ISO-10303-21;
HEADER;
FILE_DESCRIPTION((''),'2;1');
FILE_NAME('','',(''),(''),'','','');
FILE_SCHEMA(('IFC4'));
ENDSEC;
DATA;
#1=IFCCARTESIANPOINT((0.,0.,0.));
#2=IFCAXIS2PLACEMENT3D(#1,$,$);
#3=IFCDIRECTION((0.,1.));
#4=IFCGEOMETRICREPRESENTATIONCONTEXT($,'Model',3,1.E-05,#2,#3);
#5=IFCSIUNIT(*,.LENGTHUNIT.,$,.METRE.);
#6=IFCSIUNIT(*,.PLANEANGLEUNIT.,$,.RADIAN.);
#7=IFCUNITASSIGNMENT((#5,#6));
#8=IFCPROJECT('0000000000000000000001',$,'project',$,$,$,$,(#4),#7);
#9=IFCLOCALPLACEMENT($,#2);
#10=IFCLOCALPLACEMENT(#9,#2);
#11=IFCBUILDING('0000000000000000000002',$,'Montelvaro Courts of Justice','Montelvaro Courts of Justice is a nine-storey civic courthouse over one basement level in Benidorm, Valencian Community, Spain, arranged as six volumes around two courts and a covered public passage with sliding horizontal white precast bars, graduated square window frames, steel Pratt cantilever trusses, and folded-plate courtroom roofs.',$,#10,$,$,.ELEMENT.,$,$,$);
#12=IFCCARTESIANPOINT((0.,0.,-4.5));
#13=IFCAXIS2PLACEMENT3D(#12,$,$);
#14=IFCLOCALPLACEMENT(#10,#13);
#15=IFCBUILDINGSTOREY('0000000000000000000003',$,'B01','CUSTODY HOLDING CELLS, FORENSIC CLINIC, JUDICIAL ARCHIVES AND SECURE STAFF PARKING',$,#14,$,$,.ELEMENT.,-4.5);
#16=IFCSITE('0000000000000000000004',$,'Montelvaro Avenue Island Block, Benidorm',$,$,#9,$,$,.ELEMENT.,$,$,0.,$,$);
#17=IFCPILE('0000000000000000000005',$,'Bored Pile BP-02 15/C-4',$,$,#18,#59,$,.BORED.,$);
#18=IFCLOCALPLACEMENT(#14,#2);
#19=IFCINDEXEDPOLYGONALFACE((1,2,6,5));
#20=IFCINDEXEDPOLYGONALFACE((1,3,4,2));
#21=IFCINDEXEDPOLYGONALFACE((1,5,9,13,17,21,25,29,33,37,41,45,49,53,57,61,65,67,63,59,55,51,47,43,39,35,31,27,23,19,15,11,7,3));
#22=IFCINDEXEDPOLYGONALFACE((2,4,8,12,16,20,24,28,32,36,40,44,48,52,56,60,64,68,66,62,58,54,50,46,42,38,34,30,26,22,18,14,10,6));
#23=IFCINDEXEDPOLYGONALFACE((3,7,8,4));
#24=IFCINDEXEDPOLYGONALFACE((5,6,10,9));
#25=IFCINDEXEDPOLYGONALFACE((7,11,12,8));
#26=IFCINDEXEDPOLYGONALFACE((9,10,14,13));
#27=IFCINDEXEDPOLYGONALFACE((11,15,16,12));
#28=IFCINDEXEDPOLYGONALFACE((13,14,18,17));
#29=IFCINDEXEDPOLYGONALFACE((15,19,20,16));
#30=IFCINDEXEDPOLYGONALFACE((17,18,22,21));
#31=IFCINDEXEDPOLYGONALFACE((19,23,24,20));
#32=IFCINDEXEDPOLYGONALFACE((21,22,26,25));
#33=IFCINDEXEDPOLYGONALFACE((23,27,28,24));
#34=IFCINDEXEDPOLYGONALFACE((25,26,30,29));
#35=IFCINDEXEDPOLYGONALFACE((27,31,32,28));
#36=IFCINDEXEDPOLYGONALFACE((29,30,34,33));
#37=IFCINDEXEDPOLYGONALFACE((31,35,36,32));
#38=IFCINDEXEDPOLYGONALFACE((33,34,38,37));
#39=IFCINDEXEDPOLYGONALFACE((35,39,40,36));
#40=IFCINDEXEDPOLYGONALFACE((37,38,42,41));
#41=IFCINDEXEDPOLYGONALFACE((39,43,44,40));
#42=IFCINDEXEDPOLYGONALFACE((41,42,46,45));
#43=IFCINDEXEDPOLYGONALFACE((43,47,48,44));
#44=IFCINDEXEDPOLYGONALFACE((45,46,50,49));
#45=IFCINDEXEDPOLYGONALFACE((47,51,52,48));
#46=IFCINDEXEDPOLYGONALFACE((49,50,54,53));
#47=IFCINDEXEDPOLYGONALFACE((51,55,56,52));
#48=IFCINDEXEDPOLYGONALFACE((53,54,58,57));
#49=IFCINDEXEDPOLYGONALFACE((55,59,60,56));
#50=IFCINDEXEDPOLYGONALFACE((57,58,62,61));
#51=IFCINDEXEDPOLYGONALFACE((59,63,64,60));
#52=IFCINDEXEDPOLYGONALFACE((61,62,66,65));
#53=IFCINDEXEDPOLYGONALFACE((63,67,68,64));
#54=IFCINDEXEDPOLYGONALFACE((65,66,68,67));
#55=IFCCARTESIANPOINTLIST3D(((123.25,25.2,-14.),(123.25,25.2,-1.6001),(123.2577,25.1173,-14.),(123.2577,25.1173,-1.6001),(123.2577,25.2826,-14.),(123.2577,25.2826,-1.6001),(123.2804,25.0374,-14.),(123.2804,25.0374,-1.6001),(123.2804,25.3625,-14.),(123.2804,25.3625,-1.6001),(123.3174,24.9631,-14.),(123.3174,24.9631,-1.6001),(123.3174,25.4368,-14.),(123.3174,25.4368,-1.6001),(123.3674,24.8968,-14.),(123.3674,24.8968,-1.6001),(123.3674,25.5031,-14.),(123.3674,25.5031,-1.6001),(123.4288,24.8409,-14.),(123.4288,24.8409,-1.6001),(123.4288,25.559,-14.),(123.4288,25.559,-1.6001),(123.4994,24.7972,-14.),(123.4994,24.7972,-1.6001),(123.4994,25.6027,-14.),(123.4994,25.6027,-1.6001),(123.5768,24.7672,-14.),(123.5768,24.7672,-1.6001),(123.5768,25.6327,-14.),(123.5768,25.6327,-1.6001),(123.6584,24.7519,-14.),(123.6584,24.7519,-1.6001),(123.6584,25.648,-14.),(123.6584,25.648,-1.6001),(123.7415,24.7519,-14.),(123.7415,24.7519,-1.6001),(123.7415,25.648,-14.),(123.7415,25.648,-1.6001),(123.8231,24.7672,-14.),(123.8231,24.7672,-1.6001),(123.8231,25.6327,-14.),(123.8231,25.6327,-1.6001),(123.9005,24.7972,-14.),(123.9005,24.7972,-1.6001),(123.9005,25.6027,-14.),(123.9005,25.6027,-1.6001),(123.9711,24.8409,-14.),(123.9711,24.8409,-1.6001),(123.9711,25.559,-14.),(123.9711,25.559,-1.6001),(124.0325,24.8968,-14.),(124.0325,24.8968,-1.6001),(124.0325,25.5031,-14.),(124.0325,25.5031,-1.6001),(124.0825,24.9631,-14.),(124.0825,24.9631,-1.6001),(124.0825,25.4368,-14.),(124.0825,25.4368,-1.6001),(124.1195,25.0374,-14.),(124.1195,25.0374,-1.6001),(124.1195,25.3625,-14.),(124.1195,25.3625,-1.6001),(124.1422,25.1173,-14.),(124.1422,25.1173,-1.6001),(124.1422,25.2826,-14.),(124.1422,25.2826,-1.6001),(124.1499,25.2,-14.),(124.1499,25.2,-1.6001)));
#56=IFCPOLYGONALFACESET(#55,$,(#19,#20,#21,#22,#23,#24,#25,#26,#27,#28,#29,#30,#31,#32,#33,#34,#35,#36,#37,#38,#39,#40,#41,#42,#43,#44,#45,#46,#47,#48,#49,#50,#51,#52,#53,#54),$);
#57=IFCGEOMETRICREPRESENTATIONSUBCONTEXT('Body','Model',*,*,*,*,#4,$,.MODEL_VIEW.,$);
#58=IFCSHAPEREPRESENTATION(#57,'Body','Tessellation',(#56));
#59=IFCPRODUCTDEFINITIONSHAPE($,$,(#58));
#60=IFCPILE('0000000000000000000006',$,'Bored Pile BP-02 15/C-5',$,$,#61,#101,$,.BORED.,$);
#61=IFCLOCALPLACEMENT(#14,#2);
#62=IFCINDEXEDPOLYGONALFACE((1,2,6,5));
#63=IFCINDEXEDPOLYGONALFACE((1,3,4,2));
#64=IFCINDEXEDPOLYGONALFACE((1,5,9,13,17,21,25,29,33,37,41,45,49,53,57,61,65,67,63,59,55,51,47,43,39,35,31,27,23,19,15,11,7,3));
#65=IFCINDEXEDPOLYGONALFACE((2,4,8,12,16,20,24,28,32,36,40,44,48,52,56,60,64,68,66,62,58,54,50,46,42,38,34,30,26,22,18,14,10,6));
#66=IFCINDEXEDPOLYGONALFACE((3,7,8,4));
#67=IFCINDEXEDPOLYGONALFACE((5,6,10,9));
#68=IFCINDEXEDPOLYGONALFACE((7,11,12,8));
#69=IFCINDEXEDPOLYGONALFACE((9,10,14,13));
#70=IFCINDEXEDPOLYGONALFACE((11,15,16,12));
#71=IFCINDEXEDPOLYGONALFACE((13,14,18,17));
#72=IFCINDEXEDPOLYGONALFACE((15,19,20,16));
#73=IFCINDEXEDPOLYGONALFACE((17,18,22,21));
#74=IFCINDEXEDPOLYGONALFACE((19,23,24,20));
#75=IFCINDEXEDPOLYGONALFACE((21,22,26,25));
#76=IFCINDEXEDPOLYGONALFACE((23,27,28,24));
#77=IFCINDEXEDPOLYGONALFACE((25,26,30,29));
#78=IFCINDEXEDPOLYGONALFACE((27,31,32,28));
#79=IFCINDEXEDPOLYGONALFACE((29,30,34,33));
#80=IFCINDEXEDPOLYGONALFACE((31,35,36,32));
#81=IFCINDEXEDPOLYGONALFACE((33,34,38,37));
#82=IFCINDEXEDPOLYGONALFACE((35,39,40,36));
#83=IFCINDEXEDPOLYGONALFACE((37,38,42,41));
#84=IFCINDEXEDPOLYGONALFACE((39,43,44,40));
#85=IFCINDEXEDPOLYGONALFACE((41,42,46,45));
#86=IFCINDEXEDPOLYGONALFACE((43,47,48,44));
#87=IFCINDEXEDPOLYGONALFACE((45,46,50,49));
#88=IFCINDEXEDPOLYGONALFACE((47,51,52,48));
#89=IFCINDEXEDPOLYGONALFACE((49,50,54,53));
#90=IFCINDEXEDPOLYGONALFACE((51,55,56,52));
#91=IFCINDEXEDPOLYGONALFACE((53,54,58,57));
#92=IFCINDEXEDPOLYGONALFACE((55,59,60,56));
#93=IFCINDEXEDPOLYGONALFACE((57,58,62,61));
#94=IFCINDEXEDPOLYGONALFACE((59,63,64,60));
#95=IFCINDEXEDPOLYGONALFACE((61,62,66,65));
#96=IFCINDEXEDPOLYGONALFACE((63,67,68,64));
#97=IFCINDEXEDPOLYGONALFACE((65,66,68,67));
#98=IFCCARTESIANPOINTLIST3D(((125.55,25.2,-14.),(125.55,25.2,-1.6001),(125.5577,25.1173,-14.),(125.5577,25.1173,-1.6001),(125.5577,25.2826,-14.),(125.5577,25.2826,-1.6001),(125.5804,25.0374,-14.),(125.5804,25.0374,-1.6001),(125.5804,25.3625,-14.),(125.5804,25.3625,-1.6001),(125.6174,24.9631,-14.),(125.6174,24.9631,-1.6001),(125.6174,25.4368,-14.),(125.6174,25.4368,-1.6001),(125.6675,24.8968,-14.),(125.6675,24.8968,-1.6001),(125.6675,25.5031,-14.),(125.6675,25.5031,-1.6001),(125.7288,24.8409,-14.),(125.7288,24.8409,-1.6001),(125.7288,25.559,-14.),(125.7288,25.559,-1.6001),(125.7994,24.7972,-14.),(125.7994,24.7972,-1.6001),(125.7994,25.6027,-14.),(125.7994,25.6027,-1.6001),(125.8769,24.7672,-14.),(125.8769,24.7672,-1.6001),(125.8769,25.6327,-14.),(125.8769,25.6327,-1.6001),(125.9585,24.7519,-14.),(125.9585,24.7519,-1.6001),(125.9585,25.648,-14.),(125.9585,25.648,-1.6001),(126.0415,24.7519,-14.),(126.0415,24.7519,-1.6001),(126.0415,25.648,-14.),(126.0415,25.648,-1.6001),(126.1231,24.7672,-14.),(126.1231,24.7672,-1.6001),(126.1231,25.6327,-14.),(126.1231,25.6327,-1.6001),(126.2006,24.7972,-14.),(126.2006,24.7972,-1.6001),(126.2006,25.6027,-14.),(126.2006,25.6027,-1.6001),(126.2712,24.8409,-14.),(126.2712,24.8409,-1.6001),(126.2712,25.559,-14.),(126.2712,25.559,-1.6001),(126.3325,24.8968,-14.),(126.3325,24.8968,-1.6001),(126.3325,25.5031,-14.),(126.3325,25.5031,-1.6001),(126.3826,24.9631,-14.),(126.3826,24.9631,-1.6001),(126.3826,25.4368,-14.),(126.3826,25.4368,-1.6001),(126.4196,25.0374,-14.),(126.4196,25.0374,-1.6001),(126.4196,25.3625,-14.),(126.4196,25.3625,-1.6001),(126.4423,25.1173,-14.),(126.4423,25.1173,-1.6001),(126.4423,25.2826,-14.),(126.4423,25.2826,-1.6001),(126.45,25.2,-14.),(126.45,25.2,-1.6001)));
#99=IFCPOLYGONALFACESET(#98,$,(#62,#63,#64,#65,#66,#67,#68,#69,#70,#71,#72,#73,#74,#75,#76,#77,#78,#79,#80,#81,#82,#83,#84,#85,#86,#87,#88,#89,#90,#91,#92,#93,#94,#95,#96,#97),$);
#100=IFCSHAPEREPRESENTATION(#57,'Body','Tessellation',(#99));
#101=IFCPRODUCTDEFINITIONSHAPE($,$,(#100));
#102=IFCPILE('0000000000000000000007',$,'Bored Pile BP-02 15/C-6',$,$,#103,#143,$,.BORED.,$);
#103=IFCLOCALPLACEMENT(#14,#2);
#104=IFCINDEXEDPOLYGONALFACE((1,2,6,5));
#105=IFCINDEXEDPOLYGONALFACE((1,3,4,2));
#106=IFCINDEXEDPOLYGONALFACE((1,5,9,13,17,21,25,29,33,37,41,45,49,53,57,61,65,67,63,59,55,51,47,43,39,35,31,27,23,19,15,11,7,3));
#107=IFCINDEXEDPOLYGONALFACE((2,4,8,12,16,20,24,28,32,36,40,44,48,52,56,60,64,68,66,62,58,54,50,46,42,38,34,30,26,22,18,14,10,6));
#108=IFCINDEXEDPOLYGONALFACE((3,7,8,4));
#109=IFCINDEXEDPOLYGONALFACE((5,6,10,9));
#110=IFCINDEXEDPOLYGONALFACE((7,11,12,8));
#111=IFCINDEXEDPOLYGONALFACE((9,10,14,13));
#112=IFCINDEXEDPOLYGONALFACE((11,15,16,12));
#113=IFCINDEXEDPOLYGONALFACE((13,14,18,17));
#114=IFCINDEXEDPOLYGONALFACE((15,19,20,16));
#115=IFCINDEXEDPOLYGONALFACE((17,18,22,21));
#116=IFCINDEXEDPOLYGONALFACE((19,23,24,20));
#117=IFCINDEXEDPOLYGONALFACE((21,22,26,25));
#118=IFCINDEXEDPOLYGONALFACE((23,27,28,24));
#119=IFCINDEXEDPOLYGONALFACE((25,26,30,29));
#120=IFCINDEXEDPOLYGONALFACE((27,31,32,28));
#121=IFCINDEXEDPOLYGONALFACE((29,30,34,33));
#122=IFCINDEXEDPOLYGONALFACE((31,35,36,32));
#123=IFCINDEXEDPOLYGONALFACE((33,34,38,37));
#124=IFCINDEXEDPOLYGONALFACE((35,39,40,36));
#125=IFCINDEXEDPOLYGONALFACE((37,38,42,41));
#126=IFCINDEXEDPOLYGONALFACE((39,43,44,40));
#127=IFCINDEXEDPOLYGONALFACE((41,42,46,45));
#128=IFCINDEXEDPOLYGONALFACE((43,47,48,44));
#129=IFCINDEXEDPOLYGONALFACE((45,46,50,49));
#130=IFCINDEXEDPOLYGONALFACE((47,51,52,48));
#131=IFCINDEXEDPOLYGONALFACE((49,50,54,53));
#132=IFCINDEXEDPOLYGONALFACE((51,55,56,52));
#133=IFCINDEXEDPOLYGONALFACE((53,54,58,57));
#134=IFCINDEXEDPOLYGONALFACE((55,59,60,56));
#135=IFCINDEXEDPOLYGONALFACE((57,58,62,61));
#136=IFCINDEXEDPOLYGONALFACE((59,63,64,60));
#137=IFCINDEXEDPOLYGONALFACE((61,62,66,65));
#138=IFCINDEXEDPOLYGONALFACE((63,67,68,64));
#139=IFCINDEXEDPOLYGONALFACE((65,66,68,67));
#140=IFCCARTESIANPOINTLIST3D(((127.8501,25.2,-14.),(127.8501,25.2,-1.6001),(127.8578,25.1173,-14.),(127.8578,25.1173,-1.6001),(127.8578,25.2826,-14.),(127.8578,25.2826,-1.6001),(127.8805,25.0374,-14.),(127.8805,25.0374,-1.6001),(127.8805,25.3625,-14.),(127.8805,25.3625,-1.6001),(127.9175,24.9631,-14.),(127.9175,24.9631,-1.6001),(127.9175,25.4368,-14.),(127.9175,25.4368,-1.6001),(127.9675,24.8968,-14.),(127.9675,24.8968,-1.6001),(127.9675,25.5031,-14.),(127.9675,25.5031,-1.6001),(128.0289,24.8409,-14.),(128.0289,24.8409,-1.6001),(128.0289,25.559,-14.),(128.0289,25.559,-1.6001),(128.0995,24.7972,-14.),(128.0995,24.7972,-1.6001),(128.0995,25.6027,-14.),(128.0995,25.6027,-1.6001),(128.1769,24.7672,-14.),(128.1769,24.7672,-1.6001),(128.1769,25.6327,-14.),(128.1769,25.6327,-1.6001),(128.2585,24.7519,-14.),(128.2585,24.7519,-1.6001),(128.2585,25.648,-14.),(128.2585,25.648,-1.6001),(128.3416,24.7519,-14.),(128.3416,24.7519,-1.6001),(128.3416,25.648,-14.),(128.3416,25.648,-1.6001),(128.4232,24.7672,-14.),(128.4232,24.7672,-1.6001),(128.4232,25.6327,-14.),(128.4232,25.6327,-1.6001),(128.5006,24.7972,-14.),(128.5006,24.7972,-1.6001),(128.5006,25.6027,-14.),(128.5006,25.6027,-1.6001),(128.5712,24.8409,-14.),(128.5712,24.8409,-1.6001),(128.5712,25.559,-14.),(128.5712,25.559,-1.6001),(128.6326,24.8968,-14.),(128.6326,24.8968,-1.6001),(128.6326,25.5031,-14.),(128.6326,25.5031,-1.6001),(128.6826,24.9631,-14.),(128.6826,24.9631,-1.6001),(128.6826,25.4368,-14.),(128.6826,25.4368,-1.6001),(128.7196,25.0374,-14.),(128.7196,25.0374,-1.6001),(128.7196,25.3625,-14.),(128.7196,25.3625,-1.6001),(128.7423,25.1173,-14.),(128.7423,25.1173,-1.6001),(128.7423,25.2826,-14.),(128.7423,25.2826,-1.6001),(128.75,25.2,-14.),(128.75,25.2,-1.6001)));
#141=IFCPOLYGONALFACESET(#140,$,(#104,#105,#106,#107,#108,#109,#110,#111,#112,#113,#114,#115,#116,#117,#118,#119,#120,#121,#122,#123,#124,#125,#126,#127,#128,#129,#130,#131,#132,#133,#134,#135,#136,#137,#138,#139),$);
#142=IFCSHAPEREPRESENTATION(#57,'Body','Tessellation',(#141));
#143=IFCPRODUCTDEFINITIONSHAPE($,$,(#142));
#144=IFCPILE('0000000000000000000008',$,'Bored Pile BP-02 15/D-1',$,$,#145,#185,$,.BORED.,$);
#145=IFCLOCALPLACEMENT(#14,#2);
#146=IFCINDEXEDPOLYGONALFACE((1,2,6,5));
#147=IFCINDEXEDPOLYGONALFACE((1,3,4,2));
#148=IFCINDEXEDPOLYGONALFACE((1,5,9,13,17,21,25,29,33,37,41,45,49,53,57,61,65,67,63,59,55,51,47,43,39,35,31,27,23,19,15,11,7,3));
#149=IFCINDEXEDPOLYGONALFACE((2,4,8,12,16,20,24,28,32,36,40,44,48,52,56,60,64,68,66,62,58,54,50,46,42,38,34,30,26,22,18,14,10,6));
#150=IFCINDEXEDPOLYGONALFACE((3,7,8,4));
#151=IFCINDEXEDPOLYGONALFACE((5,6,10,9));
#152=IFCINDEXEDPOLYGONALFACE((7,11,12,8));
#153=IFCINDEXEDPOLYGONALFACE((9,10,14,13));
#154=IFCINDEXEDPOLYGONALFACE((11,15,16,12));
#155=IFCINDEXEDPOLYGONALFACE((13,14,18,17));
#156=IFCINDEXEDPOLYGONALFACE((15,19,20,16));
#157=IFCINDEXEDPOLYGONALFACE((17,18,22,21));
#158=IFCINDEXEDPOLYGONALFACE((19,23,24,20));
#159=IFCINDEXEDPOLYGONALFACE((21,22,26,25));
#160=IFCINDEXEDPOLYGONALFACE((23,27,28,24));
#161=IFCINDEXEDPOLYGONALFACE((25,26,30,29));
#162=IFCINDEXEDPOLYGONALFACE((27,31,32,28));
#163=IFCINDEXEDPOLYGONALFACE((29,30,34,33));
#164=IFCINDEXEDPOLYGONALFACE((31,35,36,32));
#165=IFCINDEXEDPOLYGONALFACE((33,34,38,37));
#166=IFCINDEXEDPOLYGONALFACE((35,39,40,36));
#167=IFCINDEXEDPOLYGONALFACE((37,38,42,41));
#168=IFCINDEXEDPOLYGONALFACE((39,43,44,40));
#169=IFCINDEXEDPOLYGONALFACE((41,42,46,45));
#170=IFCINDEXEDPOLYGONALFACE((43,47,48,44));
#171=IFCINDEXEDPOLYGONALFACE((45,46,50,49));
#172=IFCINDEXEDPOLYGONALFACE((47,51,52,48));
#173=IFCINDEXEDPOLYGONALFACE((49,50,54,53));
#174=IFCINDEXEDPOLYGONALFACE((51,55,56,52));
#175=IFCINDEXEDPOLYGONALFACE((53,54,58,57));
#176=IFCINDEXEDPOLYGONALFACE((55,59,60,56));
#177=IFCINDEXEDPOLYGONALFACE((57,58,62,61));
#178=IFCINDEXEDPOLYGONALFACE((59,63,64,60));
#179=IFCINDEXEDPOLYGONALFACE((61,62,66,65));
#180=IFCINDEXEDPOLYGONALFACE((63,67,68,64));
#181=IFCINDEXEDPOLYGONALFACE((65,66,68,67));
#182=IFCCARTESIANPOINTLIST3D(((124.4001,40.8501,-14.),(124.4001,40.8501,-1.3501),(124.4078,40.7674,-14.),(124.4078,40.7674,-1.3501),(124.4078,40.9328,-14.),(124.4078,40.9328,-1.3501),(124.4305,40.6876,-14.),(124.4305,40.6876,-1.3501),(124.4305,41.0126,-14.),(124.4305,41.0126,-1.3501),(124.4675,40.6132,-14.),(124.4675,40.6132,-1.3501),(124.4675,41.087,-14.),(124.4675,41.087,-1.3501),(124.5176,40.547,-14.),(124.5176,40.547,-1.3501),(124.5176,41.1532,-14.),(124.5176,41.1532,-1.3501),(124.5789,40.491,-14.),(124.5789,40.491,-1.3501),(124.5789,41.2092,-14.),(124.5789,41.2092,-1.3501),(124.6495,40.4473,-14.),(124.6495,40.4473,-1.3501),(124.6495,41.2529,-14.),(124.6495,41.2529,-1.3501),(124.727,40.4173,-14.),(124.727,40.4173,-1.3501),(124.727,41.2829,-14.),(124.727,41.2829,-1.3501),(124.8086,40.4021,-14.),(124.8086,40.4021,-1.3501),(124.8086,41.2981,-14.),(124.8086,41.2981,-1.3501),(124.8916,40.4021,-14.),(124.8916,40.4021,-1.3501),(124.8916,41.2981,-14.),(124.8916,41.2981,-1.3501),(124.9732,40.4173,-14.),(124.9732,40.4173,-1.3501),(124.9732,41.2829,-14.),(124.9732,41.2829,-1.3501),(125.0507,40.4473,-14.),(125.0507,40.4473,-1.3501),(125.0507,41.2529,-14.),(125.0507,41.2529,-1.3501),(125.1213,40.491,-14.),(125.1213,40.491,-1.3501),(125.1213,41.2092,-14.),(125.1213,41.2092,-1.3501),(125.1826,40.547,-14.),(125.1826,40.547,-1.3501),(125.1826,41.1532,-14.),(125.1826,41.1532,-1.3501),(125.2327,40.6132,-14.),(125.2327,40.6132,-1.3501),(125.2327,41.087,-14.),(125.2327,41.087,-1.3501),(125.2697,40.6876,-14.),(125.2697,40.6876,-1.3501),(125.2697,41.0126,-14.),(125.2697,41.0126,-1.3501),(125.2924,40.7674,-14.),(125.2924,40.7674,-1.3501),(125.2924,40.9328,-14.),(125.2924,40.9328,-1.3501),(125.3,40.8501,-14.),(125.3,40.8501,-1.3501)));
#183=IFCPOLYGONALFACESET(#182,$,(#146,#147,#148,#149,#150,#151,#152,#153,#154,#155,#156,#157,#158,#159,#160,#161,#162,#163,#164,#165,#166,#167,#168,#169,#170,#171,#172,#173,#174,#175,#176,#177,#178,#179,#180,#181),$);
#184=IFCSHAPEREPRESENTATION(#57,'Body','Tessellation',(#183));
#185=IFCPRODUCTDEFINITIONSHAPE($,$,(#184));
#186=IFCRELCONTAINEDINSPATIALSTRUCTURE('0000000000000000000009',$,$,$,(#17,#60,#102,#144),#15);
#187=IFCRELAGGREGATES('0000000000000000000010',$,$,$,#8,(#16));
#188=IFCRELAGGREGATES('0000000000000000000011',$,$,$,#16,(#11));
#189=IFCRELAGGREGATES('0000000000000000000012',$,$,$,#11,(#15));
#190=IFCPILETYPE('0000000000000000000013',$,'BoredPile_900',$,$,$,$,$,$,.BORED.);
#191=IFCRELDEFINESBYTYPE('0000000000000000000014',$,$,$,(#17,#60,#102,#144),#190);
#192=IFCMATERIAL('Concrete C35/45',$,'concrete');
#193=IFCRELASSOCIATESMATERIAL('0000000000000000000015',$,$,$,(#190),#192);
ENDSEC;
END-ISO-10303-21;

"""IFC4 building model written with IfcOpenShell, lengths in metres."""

from ifc_helpers import new_model, si_unit, direction, frame, origin, origin_2d, place, context, subcontext, project, spatial, circle, extrude, material, material_profile, profile_set, type_object, element, save


model = new_model("IFC4")

# Units and contexts
model_context = context("Model", 3, precision=1e-05, world=origin(), true_north=direction((0.0, 1.0)))
body_context = subcontext(model_context, "Body", "Model", "MODEL_VIEW")
ifc_project = project(units=[si_unit("LENGTHUNIT", "METRE"), si_unit("PLANEANGLEUNIT", "RADIAN")], contexts=[model_context])

# Site, building, storey
site_placement = place(None, origin())
site = spatial("IfcSite", under=ifc_project, at=site_placement, Name="Montelvaro Avenue Island Block, Benidorm", CompositionType="ELEMENT", RefElevation=0.0)
building_placement = place(site_placement, origin())
building = spatial("IfcBuilding", under=site, at=building_placement, Name="Montelvaro Courts of Justice", Description="Montelvaro Courts of Justice is a nine-storey civic courthouse over one basement level in Benidorm, Valencian Community, Spain, arranged as six volumes around two courts and a covered public passage with sliding horizontal white precast bars, graduated square window frames, steel Pratt cantilever trusses, and folded-plate courtroom roofs.", CompositionType="ELEMENT")
storey_placement = place(building_placement, frame((0.0, 0.0, -4.5)))
storey = spatial("IfcBuildingStorey", under=building, at=storey_placement, Name="B01", Description="CUSTODY HOLDING CELLS, FORENSIC CLINIC, JUDICIAL ARCHIVES AND SECURE STAFF PARKING", CompositionType="ELEMENT", Elevation=-4.5)

# Piles
ifc_material_1 = material(Name="Concrete C35/45", Category="concrete")
ifc_material_profile_1 = material_profile(ifc_material_1, circle(Radius=0.45, at=origin_2d()), Name="BORED PILE D900")
ifc_profile_set_1 = profile_set([ifc_material_profile_1], Name="Concrete C35/45")
pile_type_1 = type_object("IfcPileType", Name="BoredPile_900", PredefinedType="BORED", material=ifc_profile_set_1)
for number, where, z_axis, x_axis, name in (
    (1, (123.7, 25.2, -1.6001), (0.0, 0.0, -1.0), (1.0, 0.0, 0.0), "Bored Pile BP-02 15/C-4"),
    (2, (126.0, 25.2, -1.6001), (0.0, 0.0, -1.0), (1.0, 0.0, 0.0), "Bored Pile BP-02 15/C-5"),
    (3, (128.3, 25.2, -1.6001), (0.0, 0.0, -1.0), (1.0, 0.0, 0.0), "Bored Pile BP-02 15/C-6"),
):
    element("IfcPile", number, at=place(storey_placement, frame(where, z_axis=z_axis, x_axis=x_axis)), inside=storey, type_object=pile_type_1, Name=name, PredefinedType="BORED", context=body_context, shape_type="SweptSolid", body=[
        extrude(circle(Radius=0.45, at=origin_2d()), origin(), (0.0, 0.0, 1.0), 12.3999),
    ])
for number, where, z_axis, x_axis, name in (
    (4, (124.8501, 40.8501, -1.3501), (0.0, 0.0, -1.0), (1.0, 0.0, 0.0), "Bored Pile BP-02 15/D-1"),
):
    element("IfcPile", number, at=place(storey_placement, frame(where, z_axis=z_axis, x_axis=x_axis)), inside=storey, type_object=pile_type_1, Name=name, PredefinedType="BORED", context=body_context, shape_type="SweptSolid", body=[
        extrude(circle(Radius=0.45, at=origin_2d()), origin(), (0.0, 0.0, 1.0), 12.6499),
    ])

save(model, "model.ifc")
